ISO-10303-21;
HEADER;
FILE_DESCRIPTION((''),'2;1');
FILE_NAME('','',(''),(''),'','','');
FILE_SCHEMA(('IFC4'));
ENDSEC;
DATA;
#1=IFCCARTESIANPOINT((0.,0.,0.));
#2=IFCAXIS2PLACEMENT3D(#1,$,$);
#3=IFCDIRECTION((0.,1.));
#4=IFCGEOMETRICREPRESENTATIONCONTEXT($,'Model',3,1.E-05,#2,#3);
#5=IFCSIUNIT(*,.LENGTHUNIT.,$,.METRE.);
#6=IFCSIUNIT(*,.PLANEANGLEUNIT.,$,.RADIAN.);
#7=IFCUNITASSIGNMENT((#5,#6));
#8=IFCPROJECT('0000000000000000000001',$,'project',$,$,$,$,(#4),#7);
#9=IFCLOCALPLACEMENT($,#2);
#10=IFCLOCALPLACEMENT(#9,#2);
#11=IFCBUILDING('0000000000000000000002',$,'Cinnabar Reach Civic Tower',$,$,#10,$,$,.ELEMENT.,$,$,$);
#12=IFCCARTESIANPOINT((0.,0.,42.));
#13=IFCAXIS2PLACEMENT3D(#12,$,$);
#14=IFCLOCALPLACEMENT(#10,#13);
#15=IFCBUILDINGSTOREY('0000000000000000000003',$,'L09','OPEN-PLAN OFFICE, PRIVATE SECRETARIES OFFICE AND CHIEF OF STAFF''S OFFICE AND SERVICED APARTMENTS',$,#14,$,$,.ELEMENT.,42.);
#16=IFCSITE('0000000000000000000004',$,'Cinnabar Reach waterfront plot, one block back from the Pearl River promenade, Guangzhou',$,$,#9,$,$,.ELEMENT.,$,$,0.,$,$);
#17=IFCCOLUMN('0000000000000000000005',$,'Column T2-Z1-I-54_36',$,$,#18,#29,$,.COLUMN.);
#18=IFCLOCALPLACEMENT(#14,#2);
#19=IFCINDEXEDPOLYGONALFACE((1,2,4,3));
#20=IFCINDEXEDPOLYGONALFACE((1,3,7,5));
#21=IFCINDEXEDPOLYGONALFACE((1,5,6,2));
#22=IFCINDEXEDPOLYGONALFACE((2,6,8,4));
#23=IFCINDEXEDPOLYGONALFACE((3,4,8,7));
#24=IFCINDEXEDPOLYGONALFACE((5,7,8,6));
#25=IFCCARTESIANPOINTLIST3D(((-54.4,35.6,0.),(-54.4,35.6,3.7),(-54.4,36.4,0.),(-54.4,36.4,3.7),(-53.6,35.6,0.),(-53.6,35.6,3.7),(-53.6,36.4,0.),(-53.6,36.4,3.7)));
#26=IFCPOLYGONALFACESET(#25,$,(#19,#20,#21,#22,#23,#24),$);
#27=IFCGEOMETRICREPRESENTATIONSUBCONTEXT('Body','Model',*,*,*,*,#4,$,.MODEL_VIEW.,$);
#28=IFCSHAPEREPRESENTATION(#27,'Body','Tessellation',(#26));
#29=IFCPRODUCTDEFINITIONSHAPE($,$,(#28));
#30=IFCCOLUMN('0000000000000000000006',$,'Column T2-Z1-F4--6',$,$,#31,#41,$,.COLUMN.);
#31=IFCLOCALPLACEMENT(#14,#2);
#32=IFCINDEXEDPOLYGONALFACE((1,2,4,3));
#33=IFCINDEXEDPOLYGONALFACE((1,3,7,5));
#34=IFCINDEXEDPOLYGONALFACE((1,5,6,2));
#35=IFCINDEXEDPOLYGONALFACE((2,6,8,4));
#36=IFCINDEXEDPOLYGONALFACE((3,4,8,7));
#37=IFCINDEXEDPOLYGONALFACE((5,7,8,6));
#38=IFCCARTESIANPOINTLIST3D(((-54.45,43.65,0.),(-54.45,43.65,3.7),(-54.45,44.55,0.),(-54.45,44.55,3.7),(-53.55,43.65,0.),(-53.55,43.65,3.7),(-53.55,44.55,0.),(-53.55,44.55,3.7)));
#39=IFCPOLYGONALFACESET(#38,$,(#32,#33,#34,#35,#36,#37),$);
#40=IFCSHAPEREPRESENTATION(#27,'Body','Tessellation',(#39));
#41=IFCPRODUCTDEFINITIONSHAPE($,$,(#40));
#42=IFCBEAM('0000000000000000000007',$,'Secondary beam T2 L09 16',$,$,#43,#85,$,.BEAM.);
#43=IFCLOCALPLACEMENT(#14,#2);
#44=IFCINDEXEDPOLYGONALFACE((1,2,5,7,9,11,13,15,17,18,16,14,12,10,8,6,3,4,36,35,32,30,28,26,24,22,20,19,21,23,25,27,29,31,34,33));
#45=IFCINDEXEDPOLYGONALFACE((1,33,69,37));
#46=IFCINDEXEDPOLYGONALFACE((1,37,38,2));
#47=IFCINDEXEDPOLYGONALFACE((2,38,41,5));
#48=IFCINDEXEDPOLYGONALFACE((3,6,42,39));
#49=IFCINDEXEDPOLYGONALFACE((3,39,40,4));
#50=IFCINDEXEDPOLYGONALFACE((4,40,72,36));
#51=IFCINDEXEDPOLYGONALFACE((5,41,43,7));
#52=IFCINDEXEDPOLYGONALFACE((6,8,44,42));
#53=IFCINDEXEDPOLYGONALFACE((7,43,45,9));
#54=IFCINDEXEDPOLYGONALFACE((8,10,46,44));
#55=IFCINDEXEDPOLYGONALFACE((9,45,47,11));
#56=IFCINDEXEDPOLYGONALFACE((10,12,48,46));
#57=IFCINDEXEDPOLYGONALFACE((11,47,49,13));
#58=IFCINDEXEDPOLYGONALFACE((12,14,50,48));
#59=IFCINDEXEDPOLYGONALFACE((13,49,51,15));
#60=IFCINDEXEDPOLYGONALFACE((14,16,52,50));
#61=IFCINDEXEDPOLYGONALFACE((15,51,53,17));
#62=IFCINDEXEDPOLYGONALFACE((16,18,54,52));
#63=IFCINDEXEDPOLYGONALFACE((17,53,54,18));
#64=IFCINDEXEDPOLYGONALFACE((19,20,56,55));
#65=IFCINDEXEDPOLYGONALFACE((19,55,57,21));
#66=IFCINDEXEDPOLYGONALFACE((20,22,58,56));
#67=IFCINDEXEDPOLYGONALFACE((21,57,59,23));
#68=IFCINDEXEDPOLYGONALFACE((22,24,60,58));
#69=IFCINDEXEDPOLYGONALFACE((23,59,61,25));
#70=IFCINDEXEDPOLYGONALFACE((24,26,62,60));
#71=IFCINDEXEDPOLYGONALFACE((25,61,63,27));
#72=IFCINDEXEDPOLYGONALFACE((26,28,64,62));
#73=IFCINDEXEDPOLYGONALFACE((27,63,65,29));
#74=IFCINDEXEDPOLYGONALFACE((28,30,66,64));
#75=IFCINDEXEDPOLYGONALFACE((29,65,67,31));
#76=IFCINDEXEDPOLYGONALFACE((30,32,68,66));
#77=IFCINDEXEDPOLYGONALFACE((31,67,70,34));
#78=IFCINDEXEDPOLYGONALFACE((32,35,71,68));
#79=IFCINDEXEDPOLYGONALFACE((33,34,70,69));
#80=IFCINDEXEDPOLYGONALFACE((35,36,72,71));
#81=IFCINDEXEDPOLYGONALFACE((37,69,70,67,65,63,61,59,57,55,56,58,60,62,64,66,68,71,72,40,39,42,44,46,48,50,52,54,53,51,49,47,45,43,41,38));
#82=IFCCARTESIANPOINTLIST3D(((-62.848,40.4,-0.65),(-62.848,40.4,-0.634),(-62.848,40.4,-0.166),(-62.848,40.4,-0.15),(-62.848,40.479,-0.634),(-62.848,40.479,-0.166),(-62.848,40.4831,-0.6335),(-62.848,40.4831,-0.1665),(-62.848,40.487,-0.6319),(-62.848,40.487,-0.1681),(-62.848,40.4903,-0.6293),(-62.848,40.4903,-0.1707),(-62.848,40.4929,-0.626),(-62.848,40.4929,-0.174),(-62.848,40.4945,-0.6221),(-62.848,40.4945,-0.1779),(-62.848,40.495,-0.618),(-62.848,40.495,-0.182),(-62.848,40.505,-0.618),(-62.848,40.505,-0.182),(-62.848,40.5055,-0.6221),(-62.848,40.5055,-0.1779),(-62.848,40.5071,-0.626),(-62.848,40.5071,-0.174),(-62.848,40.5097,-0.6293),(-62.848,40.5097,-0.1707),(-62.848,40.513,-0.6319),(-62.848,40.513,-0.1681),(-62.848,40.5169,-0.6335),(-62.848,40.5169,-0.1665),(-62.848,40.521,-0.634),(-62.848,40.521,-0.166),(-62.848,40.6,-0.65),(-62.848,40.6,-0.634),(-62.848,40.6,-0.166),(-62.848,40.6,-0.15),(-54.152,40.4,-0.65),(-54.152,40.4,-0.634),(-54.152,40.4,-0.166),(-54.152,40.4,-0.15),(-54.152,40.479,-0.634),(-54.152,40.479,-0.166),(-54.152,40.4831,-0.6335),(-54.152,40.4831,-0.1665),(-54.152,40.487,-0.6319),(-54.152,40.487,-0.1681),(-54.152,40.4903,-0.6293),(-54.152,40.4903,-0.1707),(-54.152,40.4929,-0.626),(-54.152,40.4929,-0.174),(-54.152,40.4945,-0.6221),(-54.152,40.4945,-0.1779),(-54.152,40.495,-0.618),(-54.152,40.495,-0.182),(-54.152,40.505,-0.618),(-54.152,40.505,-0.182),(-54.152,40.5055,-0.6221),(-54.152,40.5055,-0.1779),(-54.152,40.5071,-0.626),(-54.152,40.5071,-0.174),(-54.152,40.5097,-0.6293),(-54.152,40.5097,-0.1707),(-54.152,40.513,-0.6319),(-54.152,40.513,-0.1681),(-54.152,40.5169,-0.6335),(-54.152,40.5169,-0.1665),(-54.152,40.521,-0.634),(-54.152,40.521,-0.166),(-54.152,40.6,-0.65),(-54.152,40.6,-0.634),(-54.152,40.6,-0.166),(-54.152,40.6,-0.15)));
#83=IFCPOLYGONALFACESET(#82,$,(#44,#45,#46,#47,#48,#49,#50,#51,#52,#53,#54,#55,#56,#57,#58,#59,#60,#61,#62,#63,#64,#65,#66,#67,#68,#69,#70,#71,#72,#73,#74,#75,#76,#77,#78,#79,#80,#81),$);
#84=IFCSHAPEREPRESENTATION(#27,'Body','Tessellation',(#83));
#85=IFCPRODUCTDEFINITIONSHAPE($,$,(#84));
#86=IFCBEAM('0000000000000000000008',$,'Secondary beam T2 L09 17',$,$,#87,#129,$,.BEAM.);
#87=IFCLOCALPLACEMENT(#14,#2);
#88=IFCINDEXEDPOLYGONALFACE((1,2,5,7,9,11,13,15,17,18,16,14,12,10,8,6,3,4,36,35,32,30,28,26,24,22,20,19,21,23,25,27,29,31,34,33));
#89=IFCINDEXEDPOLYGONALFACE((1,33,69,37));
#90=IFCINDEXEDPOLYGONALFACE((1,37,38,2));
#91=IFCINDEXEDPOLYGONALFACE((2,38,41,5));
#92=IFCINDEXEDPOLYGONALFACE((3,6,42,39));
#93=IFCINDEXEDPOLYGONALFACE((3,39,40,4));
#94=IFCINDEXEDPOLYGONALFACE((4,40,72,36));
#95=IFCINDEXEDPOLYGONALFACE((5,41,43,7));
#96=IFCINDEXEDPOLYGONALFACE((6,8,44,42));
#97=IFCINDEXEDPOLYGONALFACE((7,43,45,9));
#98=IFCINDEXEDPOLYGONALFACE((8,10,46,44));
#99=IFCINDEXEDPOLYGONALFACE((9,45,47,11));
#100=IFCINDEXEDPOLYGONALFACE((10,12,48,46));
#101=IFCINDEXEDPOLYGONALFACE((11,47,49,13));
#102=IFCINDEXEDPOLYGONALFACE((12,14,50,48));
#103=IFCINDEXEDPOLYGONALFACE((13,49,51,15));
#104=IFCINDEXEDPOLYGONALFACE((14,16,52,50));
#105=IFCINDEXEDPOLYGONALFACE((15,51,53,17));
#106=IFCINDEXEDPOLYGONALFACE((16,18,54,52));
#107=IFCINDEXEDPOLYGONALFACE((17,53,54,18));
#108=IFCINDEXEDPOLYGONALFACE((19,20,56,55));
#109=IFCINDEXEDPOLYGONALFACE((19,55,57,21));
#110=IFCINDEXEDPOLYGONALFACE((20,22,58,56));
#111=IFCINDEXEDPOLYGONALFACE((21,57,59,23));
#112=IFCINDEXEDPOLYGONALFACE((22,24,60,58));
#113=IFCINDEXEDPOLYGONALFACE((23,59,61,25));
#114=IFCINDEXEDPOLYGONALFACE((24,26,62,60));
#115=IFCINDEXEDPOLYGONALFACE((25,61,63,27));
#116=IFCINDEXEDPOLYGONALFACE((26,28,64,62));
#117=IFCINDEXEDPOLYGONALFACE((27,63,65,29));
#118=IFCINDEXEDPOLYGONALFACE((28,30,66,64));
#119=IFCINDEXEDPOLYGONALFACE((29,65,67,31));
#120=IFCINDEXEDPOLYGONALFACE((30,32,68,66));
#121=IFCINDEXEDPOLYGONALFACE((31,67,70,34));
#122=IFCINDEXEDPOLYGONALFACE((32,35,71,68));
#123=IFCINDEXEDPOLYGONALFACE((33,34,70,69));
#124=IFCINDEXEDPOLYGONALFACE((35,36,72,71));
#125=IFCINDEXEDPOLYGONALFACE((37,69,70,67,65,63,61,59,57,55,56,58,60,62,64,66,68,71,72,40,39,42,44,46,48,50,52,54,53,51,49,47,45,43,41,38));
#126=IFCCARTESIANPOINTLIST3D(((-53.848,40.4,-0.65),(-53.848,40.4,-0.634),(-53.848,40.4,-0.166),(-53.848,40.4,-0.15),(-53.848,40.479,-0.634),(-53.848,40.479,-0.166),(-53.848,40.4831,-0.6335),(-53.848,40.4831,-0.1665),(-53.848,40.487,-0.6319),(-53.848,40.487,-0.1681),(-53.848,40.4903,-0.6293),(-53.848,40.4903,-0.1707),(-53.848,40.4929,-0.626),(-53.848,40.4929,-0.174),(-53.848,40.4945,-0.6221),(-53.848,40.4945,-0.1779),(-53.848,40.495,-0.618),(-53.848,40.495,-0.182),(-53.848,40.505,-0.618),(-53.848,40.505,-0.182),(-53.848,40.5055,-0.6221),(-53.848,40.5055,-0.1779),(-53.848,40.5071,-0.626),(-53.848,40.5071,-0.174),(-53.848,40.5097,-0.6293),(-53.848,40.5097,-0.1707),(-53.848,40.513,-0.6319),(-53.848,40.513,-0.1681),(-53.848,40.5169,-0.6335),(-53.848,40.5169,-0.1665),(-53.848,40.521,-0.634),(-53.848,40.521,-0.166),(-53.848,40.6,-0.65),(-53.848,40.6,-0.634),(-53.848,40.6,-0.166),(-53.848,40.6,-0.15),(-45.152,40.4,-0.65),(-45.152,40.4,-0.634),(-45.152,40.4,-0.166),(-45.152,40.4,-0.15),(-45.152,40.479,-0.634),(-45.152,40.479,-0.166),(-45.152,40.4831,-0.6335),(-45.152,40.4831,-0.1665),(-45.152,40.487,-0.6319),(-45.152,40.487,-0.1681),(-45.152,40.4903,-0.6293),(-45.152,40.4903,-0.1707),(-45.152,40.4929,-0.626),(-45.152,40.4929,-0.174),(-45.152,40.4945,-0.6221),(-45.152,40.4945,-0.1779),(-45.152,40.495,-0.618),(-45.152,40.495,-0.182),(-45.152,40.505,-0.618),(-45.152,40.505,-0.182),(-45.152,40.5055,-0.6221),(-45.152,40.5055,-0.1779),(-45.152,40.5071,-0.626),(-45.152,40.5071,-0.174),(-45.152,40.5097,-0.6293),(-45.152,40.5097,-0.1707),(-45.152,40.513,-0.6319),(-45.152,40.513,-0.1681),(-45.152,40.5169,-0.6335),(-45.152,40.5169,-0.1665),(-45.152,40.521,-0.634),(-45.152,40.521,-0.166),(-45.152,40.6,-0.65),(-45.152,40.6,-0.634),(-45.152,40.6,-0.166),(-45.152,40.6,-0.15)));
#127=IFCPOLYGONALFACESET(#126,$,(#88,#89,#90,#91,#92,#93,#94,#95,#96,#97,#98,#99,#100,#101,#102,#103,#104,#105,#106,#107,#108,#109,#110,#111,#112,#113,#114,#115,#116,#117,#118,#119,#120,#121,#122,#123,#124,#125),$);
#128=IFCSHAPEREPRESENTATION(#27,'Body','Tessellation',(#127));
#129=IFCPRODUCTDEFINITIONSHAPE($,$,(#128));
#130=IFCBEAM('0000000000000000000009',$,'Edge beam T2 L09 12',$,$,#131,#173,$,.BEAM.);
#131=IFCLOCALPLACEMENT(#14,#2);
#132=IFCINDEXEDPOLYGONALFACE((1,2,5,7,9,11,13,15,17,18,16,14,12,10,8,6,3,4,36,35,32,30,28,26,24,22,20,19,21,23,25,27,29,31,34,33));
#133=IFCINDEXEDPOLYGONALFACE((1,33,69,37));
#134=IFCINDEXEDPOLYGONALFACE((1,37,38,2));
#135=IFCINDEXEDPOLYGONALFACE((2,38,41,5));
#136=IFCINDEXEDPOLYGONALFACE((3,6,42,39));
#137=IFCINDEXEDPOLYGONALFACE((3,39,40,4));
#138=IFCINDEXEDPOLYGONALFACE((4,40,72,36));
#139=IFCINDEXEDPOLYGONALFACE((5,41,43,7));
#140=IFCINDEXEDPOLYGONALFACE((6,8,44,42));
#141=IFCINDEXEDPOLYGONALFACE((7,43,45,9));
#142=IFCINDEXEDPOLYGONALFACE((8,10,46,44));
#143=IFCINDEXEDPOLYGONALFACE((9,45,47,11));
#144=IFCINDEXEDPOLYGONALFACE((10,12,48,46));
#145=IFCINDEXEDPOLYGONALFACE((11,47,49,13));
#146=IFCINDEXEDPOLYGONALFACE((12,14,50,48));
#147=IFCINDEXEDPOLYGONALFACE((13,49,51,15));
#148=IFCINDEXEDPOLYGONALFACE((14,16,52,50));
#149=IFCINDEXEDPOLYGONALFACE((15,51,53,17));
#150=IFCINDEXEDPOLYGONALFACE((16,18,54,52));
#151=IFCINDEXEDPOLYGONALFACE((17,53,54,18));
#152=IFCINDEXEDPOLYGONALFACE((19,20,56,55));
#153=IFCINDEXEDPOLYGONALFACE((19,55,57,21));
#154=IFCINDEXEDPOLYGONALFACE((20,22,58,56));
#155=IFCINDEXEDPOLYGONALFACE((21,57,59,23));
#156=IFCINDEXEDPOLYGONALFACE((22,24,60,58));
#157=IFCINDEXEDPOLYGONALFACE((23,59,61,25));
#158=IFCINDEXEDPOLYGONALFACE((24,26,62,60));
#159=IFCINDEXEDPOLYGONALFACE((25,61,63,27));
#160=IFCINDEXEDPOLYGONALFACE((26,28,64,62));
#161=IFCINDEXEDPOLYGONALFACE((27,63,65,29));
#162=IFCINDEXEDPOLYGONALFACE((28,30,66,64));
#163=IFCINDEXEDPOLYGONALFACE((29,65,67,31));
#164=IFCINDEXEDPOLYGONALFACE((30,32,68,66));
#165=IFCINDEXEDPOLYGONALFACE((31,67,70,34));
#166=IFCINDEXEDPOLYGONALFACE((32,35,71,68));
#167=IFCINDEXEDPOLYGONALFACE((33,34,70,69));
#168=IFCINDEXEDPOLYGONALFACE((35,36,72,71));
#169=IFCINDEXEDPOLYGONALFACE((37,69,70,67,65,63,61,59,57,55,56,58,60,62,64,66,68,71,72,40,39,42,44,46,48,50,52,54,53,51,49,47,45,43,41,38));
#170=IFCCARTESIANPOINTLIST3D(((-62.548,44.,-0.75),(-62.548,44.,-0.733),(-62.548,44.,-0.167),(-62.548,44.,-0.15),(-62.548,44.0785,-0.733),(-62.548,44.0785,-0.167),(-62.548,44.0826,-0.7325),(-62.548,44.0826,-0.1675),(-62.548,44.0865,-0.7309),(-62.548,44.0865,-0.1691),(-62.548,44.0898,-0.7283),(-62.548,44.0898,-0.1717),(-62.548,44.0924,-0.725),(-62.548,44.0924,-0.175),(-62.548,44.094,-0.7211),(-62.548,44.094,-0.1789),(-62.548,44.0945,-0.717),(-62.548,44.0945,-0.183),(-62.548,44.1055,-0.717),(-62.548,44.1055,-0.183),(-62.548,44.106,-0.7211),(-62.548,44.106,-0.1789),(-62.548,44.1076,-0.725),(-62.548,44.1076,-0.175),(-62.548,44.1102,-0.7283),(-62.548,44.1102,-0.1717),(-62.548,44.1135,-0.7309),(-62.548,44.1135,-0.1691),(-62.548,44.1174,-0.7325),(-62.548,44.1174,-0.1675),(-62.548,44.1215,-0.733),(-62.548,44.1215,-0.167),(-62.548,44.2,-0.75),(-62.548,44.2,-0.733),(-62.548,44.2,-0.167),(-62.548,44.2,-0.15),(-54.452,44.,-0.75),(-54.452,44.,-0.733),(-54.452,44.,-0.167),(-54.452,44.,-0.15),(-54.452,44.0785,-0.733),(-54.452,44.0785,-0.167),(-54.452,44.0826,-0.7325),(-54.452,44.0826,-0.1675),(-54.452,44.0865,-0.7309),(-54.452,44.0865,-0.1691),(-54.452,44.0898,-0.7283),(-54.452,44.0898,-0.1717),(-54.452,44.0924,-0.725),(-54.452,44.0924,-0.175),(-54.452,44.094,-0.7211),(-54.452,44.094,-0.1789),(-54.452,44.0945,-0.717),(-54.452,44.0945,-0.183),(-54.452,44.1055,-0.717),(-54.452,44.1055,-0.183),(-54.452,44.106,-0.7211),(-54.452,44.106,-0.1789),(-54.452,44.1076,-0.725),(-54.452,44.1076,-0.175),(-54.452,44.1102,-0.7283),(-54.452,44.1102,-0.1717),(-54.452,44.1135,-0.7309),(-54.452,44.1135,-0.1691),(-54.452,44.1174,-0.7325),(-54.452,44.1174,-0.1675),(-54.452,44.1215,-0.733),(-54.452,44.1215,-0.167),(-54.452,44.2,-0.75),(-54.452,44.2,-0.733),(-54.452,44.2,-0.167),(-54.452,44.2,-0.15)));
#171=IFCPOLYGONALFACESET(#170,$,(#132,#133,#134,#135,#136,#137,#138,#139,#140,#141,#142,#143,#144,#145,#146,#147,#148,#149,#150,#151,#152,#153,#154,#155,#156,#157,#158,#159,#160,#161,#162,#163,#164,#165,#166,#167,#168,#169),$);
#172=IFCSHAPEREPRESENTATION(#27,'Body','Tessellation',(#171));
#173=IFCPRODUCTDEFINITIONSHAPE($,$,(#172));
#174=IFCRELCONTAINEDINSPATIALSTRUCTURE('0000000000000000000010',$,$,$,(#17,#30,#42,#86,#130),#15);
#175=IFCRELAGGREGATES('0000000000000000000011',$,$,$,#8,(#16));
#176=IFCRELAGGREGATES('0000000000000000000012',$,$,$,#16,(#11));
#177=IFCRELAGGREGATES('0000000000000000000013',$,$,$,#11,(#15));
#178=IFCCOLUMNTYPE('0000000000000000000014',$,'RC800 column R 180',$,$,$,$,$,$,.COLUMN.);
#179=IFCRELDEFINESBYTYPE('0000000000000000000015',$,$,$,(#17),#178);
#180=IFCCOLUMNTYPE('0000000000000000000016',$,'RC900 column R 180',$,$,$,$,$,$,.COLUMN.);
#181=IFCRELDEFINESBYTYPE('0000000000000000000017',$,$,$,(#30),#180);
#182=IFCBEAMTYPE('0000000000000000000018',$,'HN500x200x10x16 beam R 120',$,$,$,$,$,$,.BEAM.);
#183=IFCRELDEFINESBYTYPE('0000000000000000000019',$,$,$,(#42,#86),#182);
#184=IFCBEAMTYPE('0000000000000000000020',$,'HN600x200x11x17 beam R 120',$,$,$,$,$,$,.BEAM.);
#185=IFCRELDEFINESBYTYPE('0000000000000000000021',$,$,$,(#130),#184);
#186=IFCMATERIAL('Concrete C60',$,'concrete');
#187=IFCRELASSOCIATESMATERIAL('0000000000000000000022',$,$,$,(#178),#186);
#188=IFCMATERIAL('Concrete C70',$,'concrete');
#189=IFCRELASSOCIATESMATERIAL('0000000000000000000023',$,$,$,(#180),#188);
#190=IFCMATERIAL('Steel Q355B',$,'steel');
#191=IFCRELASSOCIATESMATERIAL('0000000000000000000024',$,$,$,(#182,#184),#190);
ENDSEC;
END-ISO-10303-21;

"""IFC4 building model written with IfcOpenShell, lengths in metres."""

from ifc_helpers import new_model, si_unit, direction, frame, origin, origin_2d, place, context, subcontext, project, spatial, rectangle, i_section, extrude, material, material_profile, profile_set, type_object, element, save


model = new_model("IFC4")

# Units and contexts
model_context = context("Model", 3, precision=1e-05, world=origin(), true_north=direction((0.0, 1.0)))
body_context = subcontext(model_context, "Body", "Model", "MODEL_VIEW")
ifc_project = project(units=[si_unit("LENGTHUNIT", "METRE"), si_unit("PLANEANGLEUNIT", "RADIAN")], contexts=[model_context])

# Site, building, storey
site_placement = place(None, origin())
site = spatial("IfcSite", under=ifc_project, at=site_placement, Name="Cinnabar Reach waterfront plot, one block back from the Pearl River promenade, Guangzhou", CompositionType="ELEMENT", RefElevation=0.0)
building_placement = place(site_placement, origin())
building = spatial("IfcBuilding", under=site, at=building_placement, Name="Cinnabar Reach Civic Tower", CompositionType="ELEMENT")
storey_placement = place(building_placement, frame((0.0, 0.0, 42.0)))
storey = spatial("IfcBuildingStorey", under=building, at=storey_placement, Name="L09", Description="OPEN-PLAN OFFICE, PRIVATE SECRETARIES OFFICE AND CHIEF OF STAFF'S OFFICE AND SERVICED APARTMENTS", CompositionType="ELEMENT", Elevation=42.0)

# Columns
ifc_material_1 = material(Name="Concrete C60", Category="concrete")
ifc_material_profile_1 = material_profile(ifc_material_1, rectangle(XDim=0.8, YDim=0.8, at=origin_2d()), Name="RC800")
ifc_profile_set_1 = profile_set([ifc_material_profile_1], Name="Concrete C60")
column_type_1 = type_object("IfcColumnType", Name="RC800 column R 180", PredefinedType="COLUMN", material=ifc_profile_set_1)
column_1_placement = place(storey_placement, frame((-54.0, 36.0, 0.0), z_axis=(0.0, 0.0, 1.0), x_axis=(1.0, 0.0, 0.0)))
element("IfcColumn", 1, at=column_1_placement, inside=storey, type_object=column_type_1, Name="Column T2-Z1-I-54_36", PredefinedType="COLUMN", context=body_context, shape_type="SweptSolid", body=[
    extrude(rectangle(XDim=0.8, YDim=0.8, at=origin_2d()), origin(), (0.0, 0.0, 1.0), 3.7),
])
ifc_material_2 = material(Name="Concrete C70", Category="concrete")
ifc_material_profile_2 = material_profile(ifc_material_2, rectangle(XDim=0.9, YDim=0.9, at=origin_2d()), Name="RC900")
ifc_profile_set_2 = profile_set([ifc_material_profile_2], Name="Concrete C70")
column_type_2 = type_object("IfcColumnType", Name="RC900 column R 180", PredefinedType="COLUMN", material=ifc_profile_set_2)
column_2_placement = place(storey_placement, frame((-54.0, 44.1, 0.0), z_axis=(0.0, 0.0, 1.0), x_axis=(1.0, 0.0, 0.0)))
element("IfcColumn", 2, at=column_2_placement, inside=storey, type_object=column_type_2, Name="Column T2-Z1-F4--6", PredefinedType="COLUMN", context=body_context, shape_type="SweptSolid", body=[
    extrude(rectangle(XDim=0.9, YDim=0.9, at=origin_2d()), origin(), (0.0, 0.0, 1.0), 3.7),
])

# Beams
ifc_material_3 = material(Name="Steel Q355B", Category="steel")
ifc_material_profile_3 = material_profile(ifc_material_3, i_section(OverallWidth=0.2, OverallDepth=0.5, WebThickness=0.01, FlangeThickness=0.016, FilletRadius=0.016, at=origin_2d()), Name="HN500x200x10x16")
ifc_profile_set_3 = profile_set([ifc_material_profile_3], Name="Steel Q355B")
beam_type_1 = type_object("IfcBeamType", Name="HN500x200x10x16 beam R 120", PredefinedType="BEAM", material=ifc_profile_set_3)
for number, where, z_axis, x_axis, name in (
    (3, (-62.848, 40.5, -0.4), (1.0, 0.0, 0.0), (0.0, 1.0, 0.0), "Secondary beam T2 L09 16"),
    (4, (-53.848, 40.5, -0.4), (1.0, 0.0, 0.0), (0.0, 1.0, 0.0), "Secondary beam T2 L09 17"),
):
    element("IfcBeam", number, at=place(storey_placement, frame(where, z_axis=z_axis, x_axis=x_axis)), inside=storey, type_object=beam_type_1, Name=name, PredefinedType="BEAM", context=body_context, shape_type="SweptSolid", body=[
        extrude(i_section(OverallWidth=0.2, OverallDepth=0.5, WebThickness=0.01, FlangeThickness=0.016, FilletRadius=0.016, at=origin_2d()), origin(), (0.0, 0.0, 1.0), 8.696),
    ])
ifc_material_profile_4 = material_profile(ifc_material_3, i_section(OverallWidth=0.2, OverallDepth=0.6, WebThickness=0.011, FlangeThickness=0.017, FilletRadius=0.016, at=origin_2d()), Name="HN600x200x11x17")
ifc_profile_set_4 = profile_set([ifc_material_profile_4], Name="Steel Q355B")
beam_type_2 = type_object("IfcBeamType", Name="HN600x200x11x17 beam R 120", PredefinedType="BEAM", material=ifc_profile_set_4)
beam_1_placement = place(storey_placement, frame((-54.452, 44.1, -0.45), z_axis=(-1.0, 0.0, 0.0), x_axis=(0.0, -1.0, 0.0)))
element("IfcBeam", 5, at=beam_1_placement, inside=storey, type_object=beam_type_2, Name="Edge beam T2 L09 12", PredefinedType="BEAM", context=body_context, shape_type="SweptSolid", body=[
    extrude(i_section(OverallWidth=0.2, OverallDepth=0.6, WebThickness=0.011, FlangeThickness=0.017, FilletRadius=0.016, at=origin_2d()), origin(), (0.0, 0.0, 1.0), 8.096),
])

save(model, "model.ifc")
